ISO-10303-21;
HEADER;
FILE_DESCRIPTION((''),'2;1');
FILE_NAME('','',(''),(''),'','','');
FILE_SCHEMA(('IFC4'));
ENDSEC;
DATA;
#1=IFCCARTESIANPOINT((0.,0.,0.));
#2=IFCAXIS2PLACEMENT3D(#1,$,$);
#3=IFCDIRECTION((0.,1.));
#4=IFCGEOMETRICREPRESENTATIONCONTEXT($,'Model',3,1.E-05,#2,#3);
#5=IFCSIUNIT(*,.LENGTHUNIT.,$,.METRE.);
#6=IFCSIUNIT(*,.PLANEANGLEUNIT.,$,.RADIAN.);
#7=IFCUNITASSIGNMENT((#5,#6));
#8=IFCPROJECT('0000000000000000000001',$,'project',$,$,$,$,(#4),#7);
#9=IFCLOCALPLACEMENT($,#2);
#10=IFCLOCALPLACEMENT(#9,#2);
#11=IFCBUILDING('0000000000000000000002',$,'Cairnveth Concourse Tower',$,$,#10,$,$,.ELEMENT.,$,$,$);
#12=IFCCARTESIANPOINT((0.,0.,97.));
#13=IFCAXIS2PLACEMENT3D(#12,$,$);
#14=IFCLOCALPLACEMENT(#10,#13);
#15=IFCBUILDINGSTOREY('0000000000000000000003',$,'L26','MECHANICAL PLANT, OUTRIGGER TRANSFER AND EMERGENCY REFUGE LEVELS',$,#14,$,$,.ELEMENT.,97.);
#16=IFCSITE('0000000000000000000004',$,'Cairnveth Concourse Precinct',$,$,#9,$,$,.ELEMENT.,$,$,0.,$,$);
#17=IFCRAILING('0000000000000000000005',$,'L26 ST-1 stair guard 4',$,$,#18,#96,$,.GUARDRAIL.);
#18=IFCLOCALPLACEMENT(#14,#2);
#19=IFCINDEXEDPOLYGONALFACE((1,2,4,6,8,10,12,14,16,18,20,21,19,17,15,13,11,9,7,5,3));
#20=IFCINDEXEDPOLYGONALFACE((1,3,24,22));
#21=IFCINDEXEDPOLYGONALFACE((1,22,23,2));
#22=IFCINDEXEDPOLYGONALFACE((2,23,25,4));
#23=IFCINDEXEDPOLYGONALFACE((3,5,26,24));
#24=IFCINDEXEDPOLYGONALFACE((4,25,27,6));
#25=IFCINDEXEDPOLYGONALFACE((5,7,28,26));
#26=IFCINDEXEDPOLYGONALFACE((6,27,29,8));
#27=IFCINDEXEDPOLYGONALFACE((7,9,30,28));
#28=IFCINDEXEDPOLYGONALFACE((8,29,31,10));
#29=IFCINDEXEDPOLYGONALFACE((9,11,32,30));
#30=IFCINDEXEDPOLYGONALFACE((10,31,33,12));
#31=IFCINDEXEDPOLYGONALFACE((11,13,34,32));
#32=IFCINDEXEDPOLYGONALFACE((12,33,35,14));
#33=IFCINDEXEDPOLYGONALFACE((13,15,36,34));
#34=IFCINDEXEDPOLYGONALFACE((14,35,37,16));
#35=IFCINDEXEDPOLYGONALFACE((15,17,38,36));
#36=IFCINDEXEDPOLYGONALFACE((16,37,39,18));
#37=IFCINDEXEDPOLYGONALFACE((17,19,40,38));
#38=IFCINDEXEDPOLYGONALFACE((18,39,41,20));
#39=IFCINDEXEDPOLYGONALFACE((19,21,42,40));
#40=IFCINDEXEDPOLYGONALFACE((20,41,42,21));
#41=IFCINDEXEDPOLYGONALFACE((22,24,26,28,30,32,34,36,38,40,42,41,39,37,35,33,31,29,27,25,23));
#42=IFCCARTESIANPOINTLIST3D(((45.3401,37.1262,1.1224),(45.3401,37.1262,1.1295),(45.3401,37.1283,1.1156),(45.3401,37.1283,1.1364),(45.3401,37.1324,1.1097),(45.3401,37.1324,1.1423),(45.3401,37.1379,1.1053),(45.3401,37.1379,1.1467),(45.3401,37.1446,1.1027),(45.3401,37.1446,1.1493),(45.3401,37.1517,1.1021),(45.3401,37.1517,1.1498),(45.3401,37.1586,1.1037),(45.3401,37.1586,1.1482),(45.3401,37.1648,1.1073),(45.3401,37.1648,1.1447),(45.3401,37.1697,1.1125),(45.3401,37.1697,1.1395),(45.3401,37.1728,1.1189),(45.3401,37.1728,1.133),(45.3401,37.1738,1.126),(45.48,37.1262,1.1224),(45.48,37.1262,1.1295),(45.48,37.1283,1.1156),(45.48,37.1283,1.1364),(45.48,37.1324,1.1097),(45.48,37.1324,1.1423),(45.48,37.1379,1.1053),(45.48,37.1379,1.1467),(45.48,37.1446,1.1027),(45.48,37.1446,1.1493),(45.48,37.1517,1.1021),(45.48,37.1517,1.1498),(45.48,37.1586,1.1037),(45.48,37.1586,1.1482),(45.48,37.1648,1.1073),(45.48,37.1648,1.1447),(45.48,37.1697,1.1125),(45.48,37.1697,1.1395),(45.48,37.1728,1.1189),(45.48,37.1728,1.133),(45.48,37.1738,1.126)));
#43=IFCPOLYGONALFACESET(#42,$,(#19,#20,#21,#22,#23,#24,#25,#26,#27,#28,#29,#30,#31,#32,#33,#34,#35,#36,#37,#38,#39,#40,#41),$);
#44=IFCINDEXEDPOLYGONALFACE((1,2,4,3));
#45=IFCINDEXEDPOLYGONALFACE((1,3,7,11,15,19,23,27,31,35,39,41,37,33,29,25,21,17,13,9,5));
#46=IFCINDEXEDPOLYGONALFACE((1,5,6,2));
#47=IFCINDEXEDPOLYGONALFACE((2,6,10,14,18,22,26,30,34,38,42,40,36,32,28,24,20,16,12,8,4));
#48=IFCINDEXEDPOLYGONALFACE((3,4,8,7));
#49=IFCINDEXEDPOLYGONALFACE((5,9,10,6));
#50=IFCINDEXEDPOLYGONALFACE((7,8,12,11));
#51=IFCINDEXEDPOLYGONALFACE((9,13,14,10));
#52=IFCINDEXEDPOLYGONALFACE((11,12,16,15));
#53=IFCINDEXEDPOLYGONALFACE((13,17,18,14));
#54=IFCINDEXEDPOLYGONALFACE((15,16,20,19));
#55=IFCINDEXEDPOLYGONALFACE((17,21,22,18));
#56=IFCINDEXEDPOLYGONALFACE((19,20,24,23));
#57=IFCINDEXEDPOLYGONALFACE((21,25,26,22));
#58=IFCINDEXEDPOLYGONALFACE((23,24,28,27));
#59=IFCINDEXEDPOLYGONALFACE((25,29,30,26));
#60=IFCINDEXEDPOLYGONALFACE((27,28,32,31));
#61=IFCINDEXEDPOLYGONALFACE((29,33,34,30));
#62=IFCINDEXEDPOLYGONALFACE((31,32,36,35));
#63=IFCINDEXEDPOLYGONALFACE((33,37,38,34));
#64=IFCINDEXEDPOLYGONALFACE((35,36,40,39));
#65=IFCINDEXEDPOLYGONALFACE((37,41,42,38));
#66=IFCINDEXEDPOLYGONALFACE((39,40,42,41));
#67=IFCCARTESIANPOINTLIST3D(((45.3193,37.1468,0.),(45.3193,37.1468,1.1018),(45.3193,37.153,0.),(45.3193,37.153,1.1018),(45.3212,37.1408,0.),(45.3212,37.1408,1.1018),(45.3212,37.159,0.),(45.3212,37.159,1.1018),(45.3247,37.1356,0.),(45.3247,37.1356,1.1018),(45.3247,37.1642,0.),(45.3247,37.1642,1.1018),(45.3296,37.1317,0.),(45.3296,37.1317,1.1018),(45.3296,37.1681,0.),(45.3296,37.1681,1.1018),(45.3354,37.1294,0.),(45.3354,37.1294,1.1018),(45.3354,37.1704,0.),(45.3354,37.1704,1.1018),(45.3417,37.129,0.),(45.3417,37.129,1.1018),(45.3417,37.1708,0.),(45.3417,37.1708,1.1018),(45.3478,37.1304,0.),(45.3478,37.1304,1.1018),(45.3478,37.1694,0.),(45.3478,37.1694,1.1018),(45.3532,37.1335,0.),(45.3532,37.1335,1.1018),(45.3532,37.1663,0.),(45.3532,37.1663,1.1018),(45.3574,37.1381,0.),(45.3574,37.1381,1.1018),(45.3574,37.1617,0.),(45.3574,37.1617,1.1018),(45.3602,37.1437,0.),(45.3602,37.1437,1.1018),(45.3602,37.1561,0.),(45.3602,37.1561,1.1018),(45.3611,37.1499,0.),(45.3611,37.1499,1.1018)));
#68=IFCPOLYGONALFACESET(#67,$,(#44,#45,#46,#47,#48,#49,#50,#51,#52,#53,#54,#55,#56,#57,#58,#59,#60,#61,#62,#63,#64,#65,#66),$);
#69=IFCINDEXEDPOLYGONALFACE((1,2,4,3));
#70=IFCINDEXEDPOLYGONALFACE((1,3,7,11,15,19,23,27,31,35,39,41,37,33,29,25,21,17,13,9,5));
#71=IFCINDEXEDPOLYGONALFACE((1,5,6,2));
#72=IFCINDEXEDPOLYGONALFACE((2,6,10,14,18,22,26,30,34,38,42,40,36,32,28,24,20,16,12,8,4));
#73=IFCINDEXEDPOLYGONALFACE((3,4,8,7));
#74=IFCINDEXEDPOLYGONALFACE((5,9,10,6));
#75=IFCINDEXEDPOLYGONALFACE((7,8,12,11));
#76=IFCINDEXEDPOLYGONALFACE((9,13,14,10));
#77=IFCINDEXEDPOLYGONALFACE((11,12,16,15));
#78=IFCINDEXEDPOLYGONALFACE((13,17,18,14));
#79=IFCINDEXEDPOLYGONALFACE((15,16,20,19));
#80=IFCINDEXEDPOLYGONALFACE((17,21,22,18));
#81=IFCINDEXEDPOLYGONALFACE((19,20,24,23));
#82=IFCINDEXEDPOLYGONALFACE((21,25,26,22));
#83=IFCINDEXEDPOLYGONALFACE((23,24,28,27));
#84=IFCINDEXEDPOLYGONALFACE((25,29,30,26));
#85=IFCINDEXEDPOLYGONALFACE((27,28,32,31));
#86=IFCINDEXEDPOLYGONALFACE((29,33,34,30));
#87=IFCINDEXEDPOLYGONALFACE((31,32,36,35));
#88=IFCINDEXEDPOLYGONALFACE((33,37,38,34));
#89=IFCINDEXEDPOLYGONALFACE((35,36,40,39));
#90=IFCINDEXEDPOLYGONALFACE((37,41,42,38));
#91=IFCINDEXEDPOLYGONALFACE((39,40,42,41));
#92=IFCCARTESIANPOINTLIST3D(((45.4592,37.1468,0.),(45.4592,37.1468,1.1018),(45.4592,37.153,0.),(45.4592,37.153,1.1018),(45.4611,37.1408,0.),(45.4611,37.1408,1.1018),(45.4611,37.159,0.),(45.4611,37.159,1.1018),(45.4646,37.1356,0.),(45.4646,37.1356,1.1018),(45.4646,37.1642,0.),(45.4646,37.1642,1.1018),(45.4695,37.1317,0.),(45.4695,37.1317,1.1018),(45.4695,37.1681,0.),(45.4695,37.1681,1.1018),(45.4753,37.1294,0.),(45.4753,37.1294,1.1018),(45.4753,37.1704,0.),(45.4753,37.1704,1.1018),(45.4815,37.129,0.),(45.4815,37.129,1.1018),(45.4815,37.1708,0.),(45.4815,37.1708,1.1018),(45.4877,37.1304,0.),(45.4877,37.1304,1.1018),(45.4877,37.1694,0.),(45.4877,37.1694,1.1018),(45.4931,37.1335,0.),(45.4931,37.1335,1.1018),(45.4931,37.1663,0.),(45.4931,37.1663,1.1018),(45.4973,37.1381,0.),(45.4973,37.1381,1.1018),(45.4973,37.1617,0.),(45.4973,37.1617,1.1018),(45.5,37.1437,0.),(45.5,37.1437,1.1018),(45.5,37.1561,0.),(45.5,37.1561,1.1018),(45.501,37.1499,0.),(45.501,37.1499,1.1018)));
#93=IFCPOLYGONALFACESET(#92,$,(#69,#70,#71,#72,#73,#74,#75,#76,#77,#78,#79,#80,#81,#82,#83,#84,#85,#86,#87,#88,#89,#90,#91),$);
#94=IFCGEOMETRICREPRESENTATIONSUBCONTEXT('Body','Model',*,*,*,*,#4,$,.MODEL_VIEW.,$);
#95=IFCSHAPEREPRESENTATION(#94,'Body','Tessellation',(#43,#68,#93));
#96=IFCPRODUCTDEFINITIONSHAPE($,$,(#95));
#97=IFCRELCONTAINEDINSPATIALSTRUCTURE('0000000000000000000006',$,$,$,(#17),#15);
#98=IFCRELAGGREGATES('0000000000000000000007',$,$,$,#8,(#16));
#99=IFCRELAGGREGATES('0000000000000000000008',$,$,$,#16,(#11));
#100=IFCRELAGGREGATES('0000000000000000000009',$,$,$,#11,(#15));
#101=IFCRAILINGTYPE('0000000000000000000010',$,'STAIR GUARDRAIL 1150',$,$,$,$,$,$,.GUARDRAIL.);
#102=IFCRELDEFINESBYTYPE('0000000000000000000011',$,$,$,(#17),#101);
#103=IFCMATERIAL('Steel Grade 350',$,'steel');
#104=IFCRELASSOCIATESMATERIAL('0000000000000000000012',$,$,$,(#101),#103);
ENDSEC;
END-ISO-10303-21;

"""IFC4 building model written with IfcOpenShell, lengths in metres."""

from ifc_helpers import new_model, si_unit, direction, frame, origin, origin_2d, place, context, subcontext, project, spatial, circle, extrude, material, type_object, element, save


model = new_model("IFC4")

# Units and contexts
model_context = context("Model", 3, precision=1e-05, world=origin(), true_north=direction((0.0, 1.0)))
body_context = subcontext(model_context, "Body", "Model", "MODEL_VIEW")
ifc_project = project(units=[si_unit("LENGTHUNIT", "METRE"), si_unit("PLANEANGLEUNIT", "RADIAN")], contexts=[model_context])

# Site, building, storey
site_placement = place(None, origin())
site = spatial("IfcSite", under=ifc_project, at=site_placement, Name="Cairnveth Concourse Precinct", CompositionType="ELEMENT", RefElevation=0.0)
building_placement = place(site_placement, origin())
building = spatial("IfcBuilding", under=site, at=building_placement, Name="Cairnveth Concourse Tower", CompositionType="ELEMENT")
storey_placement = place(building_placement, frame((0.0, 0.0, 97.0)))
storey = spatial("IfcBuildingStorey", under=building, at=storey_placement, Name="L26", Description="MECHANICAL PLANT, OUTRIGGER TRANSFER AND EMERGENCY REFUGE LEVELS", CompositionType="ELEMENT", Elevation=97.0)

# Shared definitions
ifc_material_1 = material(Name="Steel Grade 350", Category="steel")

# Railing
railing_type = type_object("IfcRailingType", Name="STAIR GUARDRAIL 1150", PredefinedType="GUARDRAIL", material=ifc_material_1)
railing_1_placement = place(storey_placement, frame((45.3401, 37.1499, 0.0)))
element("IfcRailing", 1, at=railing_1_placement, inside=storey, type_object=railing_type, Name="L26 ST-1 stair guard 4", PredefinedType="GUARDRAIL", context=body_context, shape_type="SweptSolid", body=[
    extrude(circle(Radius=0.0239, at=origin_2d()), frame((0.0, 0.0, 1.126), z_axis=(1.0, 0.0, 0.0), x_axis=(0.0, 1.0, 0.0)), (0.0, 0.0, 1.0), 0.1399),
    extrude(circle(Radius=0.021, at=origin_2d()), origin(), (0.0, 0.0, 1.0), 1.1018),
    extrude(circle(Radius=0.021, at=origin_2d()), frame((0.1399, 0.0, 0.0)), (0.0, 0.0, 1.0), 1.1018),
])

save(model, "model.ifc")
